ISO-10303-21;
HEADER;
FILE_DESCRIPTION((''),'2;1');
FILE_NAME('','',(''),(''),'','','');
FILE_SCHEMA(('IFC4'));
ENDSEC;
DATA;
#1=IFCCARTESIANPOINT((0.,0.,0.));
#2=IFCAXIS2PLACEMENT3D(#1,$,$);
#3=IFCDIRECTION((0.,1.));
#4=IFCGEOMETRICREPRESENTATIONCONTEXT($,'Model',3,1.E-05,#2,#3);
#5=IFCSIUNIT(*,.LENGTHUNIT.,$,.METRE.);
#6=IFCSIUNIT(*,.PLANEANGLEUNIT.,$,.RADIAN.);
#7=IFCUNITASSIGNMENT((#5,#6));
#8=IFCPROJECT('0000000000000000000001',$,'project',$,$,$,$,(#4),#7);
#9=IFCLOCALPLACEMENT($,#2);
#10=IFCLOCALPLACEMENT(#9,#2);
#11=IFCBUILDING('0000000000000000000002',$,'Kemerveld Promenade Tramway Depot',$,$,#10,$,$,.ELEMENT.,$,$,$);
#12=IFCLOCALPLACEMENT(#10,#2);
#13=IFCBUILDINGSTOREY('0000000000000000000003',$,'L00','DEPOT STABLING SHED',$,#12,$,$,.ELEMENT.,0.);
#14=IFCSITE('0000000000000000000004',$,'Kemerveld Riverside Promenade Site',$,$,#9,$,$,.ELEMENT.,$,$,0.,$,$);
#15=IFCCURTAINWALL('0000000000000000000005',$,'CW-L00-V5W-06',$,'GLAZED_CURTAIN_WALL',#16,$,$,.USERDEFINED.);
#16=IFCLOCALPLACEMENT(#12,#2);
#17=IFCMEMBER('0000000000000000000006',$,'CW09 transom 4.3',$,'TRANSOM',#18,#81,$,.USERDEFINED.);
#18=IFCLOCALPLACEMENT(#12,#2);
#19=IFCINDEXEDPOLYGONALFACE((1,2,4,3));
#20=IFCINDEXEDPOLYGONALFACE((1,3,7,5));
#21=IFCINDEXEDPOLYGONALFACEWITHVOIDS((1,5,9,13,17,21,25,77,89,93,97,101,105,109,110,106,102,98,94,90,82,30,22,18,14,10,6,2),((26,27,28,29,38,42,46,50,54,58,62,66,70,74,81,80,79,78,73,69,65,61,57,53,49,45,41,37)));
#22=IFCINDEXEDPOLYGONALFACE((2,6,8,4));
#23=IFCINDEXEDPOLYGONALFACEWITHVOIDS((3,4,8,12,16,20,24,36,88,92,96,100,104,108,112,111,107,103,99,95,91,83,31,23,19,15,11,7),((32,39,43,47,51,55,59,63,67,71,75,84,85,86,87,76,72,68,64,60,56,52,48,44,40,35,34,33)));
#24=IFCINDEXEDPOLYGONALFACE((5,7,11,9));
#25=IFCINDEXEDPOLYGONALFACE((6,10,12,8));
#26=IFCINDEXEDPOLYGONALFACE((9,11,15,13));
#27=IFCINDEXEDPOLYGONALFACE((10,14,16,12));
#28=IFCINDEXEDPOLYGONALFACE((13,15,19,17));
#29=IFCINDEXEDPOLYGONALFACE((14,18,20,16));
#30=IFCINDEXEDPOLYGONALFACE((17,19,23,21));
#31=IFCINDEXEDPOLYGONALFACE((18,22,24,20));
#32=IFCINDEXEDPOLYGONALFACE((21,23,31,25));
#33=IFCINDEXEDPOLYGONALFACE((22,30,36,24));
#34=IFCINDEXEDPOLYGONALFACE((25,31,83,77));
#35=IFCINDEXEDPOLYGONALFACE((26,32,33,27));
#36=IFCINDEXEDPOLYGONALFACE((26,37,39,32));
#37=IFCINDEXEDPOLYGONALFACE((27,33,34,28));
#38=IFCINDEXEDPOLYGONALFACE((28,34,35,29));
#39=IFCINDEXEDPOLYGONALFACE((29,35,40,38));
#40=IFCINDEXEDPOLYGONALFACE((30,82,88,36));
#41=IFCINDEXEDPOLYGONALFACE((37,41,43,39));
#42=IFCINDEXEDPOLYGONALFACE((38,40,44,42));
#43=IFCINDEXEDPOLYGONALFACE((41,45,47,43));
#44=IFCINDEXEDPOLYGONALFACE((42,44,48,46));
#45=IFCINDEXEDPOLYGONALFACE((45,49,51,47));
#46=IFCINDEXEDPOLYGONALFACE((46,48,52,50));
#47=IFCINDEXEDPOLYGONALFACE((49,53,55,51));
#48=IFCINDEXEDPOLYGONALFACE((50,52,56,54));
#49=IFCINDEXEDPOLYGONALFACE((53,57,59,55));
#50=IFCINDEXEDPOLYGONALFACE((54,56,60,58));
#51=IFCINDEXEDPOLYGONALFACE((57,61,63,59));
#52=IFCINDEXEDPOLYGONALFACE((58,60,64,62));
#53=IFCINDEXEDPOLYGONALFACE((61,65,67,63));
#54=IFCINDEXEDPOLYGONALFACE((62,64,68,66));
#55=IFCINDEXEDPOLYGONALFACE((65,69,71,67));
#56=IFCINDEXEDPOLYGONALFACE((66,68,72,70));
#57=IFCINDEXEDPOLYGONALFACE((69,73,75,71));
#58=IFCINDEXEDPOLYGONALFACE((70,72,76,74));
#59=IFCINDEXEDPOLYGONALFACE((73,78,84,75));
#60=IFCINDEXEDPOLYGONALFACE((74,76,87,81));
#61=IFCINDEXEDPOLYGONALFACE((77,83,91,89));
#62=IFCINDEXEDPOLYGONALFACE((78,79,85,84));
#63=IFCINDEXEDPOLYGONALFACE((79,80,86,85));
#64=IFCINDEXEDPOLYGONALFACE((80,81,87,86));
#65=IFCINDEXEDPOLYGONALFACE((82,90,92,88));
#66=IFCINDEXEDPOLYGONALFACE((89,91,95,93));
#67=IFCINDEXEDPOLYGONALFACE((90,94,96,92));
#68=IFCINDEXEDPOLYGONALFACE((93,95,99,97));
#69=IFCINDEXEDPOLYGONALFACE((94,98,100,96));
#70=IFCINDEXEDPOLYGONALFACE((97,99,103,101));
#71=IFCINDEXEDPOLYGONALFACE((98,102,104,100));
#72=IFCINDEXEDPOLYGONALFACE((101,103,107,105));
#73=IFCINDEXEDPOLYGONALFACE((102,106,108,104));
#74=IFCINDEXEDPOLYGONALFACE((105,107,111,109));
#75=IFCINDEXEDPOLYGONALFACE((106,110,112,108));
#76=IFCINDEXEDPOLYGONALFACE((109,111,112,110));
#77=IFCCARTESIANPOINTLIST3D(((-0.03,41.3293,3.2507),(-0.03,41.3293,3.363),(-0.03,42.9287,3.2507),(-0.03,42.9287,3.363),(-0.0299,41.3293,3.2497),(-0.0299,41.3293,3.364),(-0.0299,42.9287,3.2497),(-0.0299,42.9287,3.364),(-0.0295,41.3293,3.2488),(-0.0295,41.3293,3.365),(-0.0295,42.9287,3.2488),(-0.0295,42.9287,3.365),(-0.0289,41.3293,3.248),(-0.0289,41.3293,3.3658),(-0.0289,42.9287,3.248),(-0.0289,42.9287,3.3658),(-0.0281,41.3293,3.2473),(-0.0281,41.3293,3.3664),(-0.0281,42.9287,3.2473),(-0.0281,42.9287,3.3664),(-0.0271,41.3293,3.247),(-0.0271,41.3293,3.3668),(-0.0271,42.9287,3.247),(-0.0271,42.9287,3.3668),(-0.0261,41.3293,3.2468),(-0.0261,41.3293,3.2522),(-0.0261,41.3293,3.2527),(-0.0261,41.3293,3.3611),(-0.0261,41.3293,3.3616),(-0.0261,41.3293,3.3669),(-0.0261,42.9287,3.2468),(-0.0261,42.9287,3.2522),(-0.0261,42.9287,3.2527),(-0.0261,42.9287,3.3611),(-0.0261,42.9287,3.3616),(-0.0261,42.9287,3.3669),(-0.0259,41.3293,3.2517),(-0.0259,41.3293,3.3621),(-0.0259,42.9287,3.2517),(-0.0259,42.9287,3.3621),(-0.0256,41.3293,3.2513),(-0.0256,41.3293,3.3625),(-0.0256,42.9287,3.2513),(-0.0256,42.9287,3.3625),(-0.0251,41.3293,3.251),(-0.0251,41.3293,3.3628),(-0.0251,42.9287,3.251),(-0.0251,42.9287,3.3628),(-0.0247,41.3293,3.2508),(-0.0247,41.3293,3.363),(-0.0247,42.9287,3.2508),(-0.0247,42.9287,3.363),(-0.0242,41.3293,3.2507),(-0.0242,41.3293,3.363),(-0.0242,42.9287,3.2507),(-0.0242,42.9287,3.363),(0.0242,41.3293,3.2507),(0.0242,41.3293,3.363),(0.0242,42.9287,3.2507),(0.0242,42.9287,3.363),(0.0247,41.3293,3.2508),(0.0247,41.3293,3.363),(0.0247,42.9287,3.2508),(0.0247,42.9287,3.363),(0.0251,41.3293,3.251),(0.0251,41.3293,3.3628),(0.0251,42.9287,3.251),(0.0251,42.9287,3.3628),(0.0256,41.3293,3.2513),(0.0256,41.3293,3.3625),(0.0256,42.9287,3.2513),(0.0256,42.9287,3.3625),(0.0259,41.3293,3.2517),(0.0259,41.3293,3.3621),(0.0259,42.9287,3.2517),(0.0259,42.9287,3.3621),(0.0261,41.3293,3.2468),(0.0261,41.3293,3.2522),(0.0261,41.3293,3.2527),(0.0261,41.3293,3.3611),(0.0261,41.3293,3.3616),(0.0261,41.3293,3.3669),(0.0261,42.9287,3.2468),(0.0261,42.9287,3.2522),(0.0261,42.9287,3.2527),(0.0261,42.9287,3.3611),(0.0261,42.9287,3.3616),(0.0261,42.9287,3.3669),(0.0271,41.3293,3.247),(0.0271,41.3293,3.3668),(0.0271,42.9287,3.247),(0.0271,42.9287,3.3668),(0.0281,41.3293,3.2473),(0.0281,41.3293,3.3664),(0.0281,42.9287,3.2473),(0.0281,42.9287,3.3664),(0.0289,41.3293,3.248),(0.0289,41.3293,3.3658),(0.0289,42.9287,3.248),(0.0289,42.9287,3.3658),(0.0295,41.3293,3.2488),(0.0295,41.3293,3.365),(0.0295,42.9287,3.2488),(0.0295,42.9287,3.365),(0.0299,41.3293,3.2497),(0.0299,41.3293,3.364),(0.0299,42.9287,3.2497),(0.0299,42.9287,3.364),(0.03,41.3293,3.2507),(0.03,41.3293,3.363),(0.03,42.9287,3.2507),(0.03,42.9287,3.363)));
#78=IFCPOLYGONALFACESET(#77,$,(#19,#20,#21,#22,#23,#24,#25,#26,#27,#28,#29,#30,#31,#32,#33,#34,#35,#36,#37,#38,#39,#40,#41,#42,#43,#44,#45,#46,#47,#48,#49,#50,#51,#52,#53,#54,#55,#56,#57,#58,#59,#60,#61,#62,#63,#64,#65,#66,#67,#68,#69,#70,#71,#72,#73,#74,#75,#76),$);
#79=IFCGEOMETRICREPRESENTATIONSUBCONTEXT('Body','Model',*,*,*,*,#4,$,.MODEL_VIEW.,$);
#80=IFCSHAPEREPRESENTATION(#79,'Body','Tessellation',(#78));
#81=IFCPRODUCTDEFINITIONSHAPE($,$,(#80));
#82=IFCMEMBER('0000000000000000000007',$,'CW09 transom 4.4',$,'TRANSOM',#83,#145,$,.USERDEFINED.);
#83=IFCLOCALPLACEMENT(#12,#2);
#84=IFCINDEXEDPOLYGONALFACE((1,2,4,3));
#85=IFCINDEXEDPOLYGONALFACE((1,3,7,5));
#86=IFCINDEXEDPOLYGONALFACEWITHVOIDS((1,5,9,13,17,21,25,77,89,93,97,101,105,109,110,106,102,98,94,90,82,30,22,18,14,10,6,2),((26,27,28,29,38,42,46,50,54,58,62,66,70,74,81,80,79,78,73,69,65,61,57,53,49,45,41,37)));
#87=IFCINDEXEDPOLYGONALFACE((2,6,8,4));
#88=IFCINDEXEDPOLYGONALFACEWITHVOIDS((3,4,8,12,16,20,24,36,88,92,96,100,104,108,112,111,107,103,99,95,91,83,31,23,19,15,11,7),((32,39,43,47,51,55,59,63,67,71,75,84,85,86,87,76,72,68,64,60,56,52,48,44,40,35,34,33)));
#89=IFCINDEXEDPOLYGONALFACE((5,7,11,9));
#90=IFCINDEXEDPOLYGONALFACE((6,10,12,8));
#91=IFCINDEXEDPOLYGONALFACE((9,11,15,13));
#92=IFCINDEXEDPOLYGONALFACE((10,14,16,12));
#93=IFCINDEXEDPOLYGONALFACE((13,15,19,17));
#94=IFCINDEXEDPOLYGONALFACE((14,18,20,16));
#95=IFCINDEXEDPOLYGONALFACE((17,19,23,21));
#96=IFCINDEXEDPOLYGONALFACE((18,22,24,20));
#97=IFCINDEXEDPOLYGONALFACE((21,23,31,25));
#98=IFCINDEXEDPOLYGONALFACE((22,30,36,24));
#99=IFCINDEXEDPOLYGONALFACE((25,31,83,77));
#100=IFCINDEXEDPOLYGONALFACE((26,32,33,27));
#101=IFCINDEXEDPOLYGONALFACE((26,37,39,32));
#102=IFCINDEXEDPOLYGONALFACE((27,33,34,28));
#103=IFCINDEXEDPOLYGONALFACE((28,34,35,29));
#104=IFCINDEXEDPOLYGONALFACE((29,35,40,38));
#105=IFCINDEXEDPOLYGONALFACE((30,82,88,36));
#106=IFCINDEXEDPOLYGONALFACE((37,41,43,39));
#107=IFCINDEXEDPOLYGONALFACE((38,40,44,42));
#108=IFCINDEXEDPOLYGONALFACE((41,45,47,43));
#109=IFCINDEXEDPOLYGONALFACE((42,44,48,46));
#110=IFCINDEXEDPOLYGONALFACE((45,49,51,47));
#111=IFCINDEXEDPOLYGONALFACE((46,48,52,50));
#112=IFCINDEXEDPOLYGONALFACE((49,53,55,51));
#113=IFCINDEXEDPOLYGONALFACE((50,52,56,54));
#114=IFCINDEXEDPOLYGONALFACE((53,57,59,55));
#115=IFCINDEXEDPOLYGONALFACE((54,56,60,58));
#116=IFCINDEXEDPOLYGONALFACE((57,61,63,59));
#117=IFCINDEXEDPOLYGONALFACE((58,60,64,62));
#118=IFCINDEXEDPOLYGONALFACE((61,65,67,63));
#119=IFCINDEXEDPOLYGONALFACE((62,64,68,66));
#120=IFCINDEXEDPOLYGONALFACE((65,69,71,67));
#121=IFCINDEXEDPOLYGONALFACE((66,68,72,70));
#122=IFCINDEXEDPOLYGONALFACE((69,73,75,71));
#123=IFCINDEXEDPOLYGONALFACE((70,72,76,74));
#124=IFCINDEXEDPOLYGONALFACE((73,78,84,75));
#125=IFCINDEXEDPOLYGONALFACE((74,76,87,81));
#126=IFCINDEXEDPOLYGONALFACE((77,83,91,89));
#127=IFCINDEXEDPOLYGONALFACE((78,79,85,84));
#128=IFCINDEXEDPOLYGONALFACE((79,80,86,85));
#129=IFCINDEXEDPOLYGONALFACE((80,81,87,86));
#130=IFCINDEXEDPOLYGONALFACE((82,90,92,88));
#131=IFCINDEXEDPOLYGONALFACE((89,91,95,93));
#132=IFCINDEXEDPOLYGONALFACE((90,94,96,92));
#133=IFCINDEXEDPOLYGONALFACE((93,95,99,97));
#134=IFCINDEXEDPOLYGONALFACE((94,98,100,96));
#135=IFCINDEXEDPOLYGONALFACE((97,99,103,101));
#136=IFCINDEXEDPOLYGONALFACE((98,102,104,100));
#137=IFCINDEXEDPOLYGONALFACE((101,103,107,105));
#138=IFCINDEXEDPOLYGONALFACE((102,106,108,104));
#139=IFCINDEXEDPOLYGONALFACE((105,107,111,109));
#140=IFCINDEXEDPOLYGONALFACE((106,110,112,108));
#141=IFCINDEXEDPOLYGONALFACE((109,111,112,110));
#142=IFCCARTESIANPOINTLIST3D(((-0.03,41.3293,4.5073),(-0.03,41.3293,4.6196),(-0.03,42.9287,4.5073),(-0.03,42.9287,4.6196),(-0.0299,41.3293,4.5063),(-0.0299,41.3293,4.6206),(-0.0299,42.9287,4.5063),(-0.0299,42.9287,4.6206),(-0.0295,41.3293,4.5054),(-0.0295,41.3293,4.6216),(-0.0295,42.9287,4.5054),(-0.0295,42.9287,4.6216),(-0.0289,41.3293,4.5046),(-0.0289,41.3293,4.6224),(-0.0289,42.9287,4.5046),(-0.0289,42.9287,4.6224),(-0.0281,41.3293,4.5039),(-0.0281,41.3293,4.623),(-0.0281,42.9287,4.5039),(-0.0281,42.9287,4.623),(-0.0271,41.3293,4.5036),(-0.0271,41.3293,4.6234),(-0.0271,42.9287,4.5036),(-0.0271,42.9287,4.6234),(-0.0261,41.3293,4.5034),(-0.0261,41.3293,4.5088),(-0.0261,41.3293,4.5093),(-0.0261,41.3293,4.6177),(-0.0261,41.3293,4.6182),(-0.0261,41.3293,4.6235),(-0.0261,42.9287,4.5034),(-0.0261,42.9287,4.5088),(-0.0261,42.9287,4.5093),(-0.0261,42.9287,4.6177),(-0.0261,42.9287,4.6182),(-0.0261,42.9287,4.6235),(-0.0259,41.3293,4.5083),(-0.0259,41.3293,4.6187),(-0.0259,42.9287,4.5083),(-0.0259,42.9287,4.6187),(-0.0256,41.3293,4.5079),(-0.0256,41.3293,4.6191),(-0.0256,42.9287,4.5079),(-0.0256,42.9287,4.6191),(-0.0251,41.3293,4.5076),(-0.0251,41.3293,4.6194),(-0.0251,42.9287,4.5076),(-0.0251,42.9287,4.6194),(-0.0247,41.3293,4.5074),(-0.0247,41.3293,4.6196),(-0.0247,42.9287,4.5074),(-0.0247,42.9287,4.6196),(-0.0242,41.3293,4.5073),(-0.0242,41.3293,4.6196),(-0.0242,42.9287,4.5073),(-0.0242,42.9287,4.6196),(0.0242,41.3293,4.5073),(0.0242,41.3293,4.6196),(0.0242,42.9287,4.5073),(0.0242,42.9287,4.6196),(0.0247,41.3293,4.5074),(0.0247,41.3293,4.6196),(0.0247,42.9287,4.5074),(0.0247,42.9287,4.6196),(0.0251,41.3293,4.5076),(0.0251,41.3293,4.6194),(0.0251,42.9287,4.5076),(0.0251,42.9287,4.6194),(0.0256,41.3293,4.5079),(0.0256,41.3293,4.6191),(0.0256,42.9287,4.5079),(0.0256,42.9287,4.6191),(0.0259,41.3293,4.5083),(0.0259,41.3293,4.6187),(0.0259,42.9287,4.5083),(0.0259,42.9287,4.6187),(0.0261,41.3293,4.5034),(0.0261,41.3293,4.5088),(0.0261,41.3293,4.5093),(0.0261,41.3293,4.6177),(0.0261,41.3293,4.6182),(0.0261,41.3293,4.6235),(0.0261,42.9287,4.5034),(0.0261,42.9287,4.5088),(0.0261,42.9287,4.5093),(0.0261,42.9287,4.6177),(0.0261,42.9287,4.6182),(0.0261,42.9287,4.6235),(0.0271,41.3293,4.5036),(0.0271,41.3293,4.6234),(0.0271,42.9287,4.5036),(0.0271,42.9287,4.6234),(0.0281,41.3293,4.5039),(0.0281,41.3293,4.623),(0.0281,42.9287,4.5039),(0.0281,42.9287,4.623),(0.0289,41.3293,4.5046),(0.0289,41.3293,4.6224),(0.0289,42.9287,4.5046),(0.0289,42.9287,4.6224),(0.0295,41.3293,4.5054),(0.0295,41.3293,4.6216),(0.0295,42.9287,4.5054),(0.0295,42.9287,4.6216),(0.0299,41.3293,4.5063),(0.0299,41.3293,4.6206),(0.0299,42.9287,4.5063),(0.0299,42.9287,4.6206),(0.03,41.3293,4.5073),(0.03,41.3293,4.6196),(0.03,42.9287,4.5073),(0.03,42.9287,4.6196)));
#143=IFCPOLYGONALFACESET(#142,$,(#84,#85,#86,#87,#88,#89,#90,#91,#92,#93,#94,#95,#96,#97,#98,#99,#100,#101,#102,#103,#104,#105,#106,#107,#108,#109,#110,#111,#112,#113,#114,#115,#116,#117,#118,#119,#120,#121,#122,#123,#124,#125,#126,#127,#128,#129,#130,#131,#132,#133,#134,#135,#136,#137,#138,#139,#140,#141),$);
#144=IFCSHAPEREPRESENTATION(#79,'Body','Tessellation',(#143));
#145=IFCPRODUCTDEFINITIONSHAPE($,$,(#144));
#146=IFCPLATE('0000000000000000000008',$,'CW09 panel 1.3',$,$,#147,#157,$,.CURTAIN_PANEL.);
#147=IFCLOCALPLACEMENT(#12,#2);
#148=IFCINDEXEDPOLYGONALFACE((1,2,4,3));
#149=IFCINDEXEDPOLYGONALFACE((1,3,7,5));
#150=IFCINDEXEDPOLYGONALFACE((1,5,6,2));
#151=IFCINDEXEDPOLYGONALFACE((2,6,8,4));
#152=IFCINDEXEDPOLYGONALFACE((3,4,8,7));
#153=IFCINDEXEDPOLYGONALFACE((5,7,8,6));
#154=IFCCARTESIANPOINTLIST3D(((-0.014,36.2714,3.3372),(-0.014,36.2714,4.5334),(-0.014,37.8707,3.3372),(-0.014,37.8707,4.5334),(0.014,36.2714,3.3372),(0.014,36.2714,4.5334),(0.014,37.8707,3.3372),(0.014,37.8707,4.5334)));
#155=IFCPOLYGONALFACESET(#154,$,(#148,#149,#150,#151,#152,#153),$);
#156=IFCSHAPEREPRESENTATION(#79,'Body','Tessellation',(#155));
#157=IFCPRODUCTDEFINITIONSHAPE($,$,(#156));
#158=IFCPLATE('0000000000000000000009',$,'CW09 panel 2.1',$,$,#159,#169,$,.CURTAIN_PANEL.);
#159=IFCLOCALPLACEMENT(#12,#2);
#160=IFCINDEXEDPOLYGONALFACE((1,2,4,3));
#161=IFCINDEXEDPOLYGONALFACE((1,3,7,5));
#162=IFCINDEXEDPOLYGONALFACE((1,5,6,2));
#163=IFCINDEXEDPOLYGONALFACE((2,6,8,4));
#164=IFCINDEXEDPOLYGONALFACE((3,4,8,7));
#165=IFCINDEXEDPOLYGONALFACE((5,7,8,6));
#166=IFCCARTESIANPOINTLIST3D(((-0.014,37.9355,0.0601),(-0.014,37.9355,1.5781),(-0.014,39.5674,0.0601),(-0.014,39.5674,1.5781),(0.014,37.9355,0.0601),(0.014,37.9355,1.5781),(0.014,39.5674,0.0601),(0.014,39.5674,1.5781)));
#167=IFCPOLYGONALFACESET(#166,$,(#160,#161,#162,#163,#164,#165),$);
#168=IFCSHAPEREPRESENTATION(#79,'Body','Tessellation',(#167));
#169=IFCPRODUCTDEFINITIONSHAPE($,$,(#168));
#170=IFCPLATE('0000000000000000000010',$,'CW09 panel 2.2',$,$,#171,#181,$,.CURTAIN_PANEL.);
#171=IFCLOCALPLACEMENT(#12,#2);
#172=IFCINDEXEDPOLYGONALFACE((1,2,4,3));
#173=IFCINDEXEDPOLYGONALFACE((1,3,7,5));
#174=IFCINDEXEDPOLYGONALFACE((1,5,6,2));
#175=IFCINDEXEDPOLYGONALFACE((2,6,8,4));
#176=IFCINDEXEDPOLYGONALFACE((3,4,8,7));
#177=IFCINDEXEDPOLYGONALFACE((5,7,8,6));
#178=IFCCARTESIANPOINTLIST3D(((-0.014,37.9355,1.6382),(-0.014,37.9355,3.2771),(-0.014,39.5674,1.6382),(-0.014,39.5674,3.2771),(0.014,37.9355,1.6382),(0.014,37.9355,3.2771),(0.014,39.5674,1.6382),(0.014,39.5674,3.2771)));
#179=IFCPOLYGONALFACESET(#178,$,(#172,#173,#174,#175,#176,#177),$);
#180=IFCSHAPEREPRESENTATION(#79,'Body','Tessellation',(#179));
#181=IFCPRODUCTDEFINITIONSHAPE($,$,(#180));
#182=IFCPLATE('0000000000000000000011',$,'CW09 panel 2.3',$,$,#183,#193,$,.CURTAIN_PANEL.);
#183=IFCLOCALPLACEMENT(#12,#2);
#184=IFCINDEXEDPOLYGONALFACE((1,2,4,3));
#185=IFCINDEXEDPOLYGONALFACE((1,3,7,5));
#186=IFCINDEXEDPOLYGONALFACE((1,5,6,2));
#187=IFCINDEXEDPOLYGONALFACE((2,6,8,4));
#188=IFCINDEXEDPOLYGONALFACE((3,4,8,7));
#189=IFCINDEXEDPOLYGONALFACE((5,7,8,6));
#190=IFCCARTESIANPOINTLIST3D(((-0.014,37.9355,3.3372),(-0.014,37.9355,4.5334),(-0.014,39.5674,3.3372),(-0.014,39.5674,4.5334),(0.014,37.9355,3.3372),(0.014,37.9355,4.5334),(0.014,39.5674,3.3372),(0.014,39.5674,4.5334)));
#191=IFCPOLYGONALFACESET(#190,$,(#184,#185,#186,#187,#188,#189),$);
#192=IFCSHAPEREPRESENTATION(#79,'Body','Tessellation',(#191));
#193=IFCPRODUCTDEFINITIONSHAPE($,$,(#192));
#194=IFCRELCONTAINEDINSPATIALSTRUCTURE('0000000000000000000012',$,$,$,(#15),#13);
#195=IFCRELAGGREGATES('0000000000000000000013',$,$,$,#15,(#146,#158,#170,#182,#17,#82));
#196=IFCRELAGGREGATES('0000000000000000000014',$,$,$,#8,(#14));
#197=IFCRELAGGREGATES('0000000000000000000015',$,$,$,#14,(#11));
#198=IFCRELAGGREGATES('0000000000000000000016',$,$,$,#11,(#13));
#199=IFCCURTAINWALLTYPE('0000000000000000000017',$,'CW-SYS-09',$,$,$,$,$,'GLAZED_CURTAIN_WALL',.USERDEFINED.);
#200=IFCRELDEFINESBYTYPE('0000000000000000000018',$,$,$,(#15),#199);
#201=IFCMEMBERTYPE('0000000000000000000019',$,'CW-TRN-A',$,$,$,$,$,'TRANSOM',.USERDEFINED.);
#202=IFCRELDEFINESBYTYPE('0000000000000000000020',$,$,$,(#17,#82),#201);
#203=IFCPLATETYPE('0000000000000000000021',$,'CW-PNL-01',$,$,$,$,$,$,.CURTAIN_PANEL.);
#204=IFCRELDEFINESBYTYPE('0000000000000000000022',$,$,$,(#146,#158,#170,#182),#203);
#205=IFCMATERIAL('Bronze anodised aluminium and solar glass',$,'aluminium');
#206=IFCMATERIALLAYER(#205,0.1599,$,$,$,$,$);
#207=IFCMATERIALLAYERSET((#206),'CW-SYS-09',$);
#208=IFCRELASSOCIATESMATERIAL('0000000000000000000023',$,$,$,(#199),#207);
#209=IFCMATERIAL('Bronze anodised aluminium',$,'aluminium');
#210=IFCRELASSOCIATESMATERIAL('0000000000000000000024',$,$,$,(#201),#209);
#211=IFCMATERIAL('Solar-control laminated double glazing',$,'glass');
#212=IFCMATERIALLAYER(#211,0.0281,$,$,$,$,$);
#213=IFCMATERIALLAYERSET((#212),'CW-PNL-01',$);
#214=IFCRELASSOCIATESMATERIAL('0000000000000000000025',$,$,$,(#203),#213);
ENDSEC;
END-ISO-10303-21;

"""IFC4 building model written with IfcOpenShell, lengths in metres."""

from ifc_helpers import new_model, si_unit, direction, frame, origin, origin_2d, place, context, subcontext, project, spatial, rectangle, hollow_rectangle, extrude, material, layer, layer_set, material_profile, profile_set, type_object, element, aggregate, save


model = new_model("IFC4")

# Units and contexts
model_context = context("Model", 3, precision=1e-05, world=origin(), true_north=direction((0.0, 1.0)))
body_context = subcontext(model_context, "Body", "Model", "MODEL_VIEW")
ifc_project = project(units=[si_unit("LENGTHUNIT", "METRE"), si_unit("PLANEANGLEUNIT", "RADIAN")], contexts=[model_context])

# Site, building, storey
site_placement = place(None, origin())
site = spatial("IfcSite", under=ifc_project, at=site_placement, Name="Kemerveld Riverside Promenade Site", CompositionType="ELEMENT", RefElevation=0.0)
building_placement = place(site_placement, origin())
building = spatial("IfcBuilding", under=site, at=building_placement, Name="Kemerveld Promenade Tramway Depot", CompositionType="ELEMENT")
storey_placement = place(building_placement, origin())
storey = spatial("IfcBuildingStorey", under=building, at=storey_placement, Name="L00", Description="DEPOT STABLING SHED", CompositionType="ELEMENT", Elevation=0.0)

# Curtain wall, members, plates
ifc_material_1 = material(Name="Bronze anodised aluminium and solar glass", Category="aluminium")
ifc_layer_1 = layer(ifc_material_1, 0.1599)
ifc_layer_set_1 = layer_set([ifc_layer_1], Name="CW-SYS-09")
curtain_wall_type = type_object("IfcCurtainWallType", Name="CW-SYS-09", ElementType="GLAZED_CURTAIN_WALL", PredefinedType="USERDEFINED", material=ifc_layer_set_1)
curtain_wall_placement = place(storey_placement, origin())
curtain_wall = element("IfcCurtainWall", 1, at=curtain_wall_placement, inside=storey, type_object=curtain_wall_type, Name="CW-L00-V5W-06", ObjectType="GLAZED_CURTAIN_WALL", PredefinedType="USERDEFINED")
ifc_material_2 = material(Name="Bronze anodised aluminium", Category="aluminium")
ifc_material_profile_1 = material_profile(ifc_material_2, hollow_rectangle(XDim=0.0601, YDim=0.1201, WallThickness=0.0039, InnerFilletRadius=0.002, OuterFilletRadius=0.0039, at=origin_2d()), Name="CW-TRN-120x60")
ifc_profile_set_1 = profile_set([ifc_material_profile_1], Name="Bronze anodised aluminium")
member_type_1 = type_object("IfcMemberType", Name="CW-TRN-A", ElementType="TRANSOM", PredefinedType="USERDEFINED", material=ifc_profile_set_1)
member_1_placement = place(storey_placement, frame((0.0, 41.3293, 3.3069), z_axis=(0.0, 1.0, 0.0), x_axis=(-1.0, 0.0, 0.0)))
member_1 = element("IfcMember", 2, at=member_1_placement, type_object=member_type_1, Name="CW09 transom 4.3", ObjectType="TRANSOM", PredefinedType="USERDEFINED", context=body_context, shape_type="SweptSolid", body=[
    extrude(hollow_rectangle(XDim=0.0601, YDim=0.1201, WallThickness=0.0039, InnerFilletRadius=0.002, OuterFilletRadius=0.0039, at=origin_2d()), origin(), (0.0, 0.0, 1.0), 1.5994),
])
member_2_placement = place(storey_placement, frame((0.0, 41.3293, 4.5635), z_axis=(0.0, 1.0, 0.0), x_axis=(-1.0, 0.0, 0.0)))
member_2 = element("IfcMember", 3, at=member_2_placement, type_object=member_type_1, Name="CW09 transom 4.4", ObjectType="TRANSOM", PredefinedType="USERDEFINED", context=body_context, shape_type="SweptSolid", body=[
    extrude(hollow_rectangle(XDim=0.0601, YDim=0.1201, WallThickness=0.0039, InnerFilletRadius=0.002, OuterFilletRadius=0.0039, at=origin_2d()), origin(), (0.0, 0.0, 1.0), 1.5994),
])
ifc_material_3 = material(Name="Solar-control laminated double glazing", Category="glass")
ifc_layer_2 = layer(ifc_material_3, 0.0281)
ifc_layer_set_2 = layer_set([ifc_layer_2], Name="CW-PNL-01")
plate_type_1 = type_object("IfcPlateType", Name="CW-PNL-01", PredefinedType="CURTAIN_PANEL", material=ifc_layer_set_2)
plate_1_placement = place(storey_placement, frame((0.0, 37.071, 3.3372), z_axis=(0.0, 0.0, 1.0), x_axis=(0.0, 1.0, 0.0)))
plate_1 = element("IfcPlate", 4, at=plate_1_placement, type_object=plate_type_1, Name="CW09 panel 1.3", PredefinedType="CURTAIN_PANEL", context=body_context, shape_type="SweptSolid", body=[
    extrude(rectangle(XDim=1.5994, YDim=0.0281, at=origin_2d()), origin(), (0.0, 0.0, 1.0), 1.1963),
])
plate_2_placement = place(storey_placement, frame((0.0, 38.7515, 0.0601), z_axis=(0.0, 0.0, 1.0), x_axis=(0.0, 1.0, 0.0)))
plate_2 = element("IfcPlate", 5, at=plate_2_placement, type_object=plate_type_1, Name="CW09 panel 2.1", PredefinedType="CURTAIN_PANEL", context=body_context, shape_type="SweptSolid", body=[
    extrude(rectangle(XDim=1.6318, YDim=0.0281, at=origin_2d()), origin(), (0.0, 0.0, 1.0), 1.5181),
])
plate_3_placement = place(storey_placement, frame((0.0, 38.7515, 1.6382), z_axis=(0.0, 0.0, 1.0), x_axis=(0.0, 1.0, 0.0)))
plate_3 = element("IfcPlate", 6, at=plate_3_placement, type_object=plate_type_1, Name="CW09 panel 2.2", PredefinedType="CURTAIN_PANEL", context=body_context, shape_type="SweptSolid", body=[
    extrude(rectangle(XDim=1.6318, YDim=0.0281, at=origin_2d()), origin(), (0.0, 0.0, 1.0), 1.6389),
])
plate_4_placement = place(storey_placement, frame((0.0, 38.7515, 3.3372), z_axis=(0.0, 0.0, 1.0), x_axis=(0.0, 1.0, 0.0)))
plate_4 = element("IfcPlate", 7, at=plate_4_placement, type_object=plate_type_1, Name="CW09 panel 2.3", PredefinedType="CURTAIN_PANEL", context=body_context, shape_type="SweptSolid", body=[
    extrude(rectangle(XDim=1.6318, YDim=0.0281, at=origin_2d()), origin(), (0.0, 0.0, 1.0), 1.1963),
])
aggregate(curtain_wall, [plate_1, plate_2, plate_3, plate_4, member_1, member_2])

save(model, "model.ifc")
